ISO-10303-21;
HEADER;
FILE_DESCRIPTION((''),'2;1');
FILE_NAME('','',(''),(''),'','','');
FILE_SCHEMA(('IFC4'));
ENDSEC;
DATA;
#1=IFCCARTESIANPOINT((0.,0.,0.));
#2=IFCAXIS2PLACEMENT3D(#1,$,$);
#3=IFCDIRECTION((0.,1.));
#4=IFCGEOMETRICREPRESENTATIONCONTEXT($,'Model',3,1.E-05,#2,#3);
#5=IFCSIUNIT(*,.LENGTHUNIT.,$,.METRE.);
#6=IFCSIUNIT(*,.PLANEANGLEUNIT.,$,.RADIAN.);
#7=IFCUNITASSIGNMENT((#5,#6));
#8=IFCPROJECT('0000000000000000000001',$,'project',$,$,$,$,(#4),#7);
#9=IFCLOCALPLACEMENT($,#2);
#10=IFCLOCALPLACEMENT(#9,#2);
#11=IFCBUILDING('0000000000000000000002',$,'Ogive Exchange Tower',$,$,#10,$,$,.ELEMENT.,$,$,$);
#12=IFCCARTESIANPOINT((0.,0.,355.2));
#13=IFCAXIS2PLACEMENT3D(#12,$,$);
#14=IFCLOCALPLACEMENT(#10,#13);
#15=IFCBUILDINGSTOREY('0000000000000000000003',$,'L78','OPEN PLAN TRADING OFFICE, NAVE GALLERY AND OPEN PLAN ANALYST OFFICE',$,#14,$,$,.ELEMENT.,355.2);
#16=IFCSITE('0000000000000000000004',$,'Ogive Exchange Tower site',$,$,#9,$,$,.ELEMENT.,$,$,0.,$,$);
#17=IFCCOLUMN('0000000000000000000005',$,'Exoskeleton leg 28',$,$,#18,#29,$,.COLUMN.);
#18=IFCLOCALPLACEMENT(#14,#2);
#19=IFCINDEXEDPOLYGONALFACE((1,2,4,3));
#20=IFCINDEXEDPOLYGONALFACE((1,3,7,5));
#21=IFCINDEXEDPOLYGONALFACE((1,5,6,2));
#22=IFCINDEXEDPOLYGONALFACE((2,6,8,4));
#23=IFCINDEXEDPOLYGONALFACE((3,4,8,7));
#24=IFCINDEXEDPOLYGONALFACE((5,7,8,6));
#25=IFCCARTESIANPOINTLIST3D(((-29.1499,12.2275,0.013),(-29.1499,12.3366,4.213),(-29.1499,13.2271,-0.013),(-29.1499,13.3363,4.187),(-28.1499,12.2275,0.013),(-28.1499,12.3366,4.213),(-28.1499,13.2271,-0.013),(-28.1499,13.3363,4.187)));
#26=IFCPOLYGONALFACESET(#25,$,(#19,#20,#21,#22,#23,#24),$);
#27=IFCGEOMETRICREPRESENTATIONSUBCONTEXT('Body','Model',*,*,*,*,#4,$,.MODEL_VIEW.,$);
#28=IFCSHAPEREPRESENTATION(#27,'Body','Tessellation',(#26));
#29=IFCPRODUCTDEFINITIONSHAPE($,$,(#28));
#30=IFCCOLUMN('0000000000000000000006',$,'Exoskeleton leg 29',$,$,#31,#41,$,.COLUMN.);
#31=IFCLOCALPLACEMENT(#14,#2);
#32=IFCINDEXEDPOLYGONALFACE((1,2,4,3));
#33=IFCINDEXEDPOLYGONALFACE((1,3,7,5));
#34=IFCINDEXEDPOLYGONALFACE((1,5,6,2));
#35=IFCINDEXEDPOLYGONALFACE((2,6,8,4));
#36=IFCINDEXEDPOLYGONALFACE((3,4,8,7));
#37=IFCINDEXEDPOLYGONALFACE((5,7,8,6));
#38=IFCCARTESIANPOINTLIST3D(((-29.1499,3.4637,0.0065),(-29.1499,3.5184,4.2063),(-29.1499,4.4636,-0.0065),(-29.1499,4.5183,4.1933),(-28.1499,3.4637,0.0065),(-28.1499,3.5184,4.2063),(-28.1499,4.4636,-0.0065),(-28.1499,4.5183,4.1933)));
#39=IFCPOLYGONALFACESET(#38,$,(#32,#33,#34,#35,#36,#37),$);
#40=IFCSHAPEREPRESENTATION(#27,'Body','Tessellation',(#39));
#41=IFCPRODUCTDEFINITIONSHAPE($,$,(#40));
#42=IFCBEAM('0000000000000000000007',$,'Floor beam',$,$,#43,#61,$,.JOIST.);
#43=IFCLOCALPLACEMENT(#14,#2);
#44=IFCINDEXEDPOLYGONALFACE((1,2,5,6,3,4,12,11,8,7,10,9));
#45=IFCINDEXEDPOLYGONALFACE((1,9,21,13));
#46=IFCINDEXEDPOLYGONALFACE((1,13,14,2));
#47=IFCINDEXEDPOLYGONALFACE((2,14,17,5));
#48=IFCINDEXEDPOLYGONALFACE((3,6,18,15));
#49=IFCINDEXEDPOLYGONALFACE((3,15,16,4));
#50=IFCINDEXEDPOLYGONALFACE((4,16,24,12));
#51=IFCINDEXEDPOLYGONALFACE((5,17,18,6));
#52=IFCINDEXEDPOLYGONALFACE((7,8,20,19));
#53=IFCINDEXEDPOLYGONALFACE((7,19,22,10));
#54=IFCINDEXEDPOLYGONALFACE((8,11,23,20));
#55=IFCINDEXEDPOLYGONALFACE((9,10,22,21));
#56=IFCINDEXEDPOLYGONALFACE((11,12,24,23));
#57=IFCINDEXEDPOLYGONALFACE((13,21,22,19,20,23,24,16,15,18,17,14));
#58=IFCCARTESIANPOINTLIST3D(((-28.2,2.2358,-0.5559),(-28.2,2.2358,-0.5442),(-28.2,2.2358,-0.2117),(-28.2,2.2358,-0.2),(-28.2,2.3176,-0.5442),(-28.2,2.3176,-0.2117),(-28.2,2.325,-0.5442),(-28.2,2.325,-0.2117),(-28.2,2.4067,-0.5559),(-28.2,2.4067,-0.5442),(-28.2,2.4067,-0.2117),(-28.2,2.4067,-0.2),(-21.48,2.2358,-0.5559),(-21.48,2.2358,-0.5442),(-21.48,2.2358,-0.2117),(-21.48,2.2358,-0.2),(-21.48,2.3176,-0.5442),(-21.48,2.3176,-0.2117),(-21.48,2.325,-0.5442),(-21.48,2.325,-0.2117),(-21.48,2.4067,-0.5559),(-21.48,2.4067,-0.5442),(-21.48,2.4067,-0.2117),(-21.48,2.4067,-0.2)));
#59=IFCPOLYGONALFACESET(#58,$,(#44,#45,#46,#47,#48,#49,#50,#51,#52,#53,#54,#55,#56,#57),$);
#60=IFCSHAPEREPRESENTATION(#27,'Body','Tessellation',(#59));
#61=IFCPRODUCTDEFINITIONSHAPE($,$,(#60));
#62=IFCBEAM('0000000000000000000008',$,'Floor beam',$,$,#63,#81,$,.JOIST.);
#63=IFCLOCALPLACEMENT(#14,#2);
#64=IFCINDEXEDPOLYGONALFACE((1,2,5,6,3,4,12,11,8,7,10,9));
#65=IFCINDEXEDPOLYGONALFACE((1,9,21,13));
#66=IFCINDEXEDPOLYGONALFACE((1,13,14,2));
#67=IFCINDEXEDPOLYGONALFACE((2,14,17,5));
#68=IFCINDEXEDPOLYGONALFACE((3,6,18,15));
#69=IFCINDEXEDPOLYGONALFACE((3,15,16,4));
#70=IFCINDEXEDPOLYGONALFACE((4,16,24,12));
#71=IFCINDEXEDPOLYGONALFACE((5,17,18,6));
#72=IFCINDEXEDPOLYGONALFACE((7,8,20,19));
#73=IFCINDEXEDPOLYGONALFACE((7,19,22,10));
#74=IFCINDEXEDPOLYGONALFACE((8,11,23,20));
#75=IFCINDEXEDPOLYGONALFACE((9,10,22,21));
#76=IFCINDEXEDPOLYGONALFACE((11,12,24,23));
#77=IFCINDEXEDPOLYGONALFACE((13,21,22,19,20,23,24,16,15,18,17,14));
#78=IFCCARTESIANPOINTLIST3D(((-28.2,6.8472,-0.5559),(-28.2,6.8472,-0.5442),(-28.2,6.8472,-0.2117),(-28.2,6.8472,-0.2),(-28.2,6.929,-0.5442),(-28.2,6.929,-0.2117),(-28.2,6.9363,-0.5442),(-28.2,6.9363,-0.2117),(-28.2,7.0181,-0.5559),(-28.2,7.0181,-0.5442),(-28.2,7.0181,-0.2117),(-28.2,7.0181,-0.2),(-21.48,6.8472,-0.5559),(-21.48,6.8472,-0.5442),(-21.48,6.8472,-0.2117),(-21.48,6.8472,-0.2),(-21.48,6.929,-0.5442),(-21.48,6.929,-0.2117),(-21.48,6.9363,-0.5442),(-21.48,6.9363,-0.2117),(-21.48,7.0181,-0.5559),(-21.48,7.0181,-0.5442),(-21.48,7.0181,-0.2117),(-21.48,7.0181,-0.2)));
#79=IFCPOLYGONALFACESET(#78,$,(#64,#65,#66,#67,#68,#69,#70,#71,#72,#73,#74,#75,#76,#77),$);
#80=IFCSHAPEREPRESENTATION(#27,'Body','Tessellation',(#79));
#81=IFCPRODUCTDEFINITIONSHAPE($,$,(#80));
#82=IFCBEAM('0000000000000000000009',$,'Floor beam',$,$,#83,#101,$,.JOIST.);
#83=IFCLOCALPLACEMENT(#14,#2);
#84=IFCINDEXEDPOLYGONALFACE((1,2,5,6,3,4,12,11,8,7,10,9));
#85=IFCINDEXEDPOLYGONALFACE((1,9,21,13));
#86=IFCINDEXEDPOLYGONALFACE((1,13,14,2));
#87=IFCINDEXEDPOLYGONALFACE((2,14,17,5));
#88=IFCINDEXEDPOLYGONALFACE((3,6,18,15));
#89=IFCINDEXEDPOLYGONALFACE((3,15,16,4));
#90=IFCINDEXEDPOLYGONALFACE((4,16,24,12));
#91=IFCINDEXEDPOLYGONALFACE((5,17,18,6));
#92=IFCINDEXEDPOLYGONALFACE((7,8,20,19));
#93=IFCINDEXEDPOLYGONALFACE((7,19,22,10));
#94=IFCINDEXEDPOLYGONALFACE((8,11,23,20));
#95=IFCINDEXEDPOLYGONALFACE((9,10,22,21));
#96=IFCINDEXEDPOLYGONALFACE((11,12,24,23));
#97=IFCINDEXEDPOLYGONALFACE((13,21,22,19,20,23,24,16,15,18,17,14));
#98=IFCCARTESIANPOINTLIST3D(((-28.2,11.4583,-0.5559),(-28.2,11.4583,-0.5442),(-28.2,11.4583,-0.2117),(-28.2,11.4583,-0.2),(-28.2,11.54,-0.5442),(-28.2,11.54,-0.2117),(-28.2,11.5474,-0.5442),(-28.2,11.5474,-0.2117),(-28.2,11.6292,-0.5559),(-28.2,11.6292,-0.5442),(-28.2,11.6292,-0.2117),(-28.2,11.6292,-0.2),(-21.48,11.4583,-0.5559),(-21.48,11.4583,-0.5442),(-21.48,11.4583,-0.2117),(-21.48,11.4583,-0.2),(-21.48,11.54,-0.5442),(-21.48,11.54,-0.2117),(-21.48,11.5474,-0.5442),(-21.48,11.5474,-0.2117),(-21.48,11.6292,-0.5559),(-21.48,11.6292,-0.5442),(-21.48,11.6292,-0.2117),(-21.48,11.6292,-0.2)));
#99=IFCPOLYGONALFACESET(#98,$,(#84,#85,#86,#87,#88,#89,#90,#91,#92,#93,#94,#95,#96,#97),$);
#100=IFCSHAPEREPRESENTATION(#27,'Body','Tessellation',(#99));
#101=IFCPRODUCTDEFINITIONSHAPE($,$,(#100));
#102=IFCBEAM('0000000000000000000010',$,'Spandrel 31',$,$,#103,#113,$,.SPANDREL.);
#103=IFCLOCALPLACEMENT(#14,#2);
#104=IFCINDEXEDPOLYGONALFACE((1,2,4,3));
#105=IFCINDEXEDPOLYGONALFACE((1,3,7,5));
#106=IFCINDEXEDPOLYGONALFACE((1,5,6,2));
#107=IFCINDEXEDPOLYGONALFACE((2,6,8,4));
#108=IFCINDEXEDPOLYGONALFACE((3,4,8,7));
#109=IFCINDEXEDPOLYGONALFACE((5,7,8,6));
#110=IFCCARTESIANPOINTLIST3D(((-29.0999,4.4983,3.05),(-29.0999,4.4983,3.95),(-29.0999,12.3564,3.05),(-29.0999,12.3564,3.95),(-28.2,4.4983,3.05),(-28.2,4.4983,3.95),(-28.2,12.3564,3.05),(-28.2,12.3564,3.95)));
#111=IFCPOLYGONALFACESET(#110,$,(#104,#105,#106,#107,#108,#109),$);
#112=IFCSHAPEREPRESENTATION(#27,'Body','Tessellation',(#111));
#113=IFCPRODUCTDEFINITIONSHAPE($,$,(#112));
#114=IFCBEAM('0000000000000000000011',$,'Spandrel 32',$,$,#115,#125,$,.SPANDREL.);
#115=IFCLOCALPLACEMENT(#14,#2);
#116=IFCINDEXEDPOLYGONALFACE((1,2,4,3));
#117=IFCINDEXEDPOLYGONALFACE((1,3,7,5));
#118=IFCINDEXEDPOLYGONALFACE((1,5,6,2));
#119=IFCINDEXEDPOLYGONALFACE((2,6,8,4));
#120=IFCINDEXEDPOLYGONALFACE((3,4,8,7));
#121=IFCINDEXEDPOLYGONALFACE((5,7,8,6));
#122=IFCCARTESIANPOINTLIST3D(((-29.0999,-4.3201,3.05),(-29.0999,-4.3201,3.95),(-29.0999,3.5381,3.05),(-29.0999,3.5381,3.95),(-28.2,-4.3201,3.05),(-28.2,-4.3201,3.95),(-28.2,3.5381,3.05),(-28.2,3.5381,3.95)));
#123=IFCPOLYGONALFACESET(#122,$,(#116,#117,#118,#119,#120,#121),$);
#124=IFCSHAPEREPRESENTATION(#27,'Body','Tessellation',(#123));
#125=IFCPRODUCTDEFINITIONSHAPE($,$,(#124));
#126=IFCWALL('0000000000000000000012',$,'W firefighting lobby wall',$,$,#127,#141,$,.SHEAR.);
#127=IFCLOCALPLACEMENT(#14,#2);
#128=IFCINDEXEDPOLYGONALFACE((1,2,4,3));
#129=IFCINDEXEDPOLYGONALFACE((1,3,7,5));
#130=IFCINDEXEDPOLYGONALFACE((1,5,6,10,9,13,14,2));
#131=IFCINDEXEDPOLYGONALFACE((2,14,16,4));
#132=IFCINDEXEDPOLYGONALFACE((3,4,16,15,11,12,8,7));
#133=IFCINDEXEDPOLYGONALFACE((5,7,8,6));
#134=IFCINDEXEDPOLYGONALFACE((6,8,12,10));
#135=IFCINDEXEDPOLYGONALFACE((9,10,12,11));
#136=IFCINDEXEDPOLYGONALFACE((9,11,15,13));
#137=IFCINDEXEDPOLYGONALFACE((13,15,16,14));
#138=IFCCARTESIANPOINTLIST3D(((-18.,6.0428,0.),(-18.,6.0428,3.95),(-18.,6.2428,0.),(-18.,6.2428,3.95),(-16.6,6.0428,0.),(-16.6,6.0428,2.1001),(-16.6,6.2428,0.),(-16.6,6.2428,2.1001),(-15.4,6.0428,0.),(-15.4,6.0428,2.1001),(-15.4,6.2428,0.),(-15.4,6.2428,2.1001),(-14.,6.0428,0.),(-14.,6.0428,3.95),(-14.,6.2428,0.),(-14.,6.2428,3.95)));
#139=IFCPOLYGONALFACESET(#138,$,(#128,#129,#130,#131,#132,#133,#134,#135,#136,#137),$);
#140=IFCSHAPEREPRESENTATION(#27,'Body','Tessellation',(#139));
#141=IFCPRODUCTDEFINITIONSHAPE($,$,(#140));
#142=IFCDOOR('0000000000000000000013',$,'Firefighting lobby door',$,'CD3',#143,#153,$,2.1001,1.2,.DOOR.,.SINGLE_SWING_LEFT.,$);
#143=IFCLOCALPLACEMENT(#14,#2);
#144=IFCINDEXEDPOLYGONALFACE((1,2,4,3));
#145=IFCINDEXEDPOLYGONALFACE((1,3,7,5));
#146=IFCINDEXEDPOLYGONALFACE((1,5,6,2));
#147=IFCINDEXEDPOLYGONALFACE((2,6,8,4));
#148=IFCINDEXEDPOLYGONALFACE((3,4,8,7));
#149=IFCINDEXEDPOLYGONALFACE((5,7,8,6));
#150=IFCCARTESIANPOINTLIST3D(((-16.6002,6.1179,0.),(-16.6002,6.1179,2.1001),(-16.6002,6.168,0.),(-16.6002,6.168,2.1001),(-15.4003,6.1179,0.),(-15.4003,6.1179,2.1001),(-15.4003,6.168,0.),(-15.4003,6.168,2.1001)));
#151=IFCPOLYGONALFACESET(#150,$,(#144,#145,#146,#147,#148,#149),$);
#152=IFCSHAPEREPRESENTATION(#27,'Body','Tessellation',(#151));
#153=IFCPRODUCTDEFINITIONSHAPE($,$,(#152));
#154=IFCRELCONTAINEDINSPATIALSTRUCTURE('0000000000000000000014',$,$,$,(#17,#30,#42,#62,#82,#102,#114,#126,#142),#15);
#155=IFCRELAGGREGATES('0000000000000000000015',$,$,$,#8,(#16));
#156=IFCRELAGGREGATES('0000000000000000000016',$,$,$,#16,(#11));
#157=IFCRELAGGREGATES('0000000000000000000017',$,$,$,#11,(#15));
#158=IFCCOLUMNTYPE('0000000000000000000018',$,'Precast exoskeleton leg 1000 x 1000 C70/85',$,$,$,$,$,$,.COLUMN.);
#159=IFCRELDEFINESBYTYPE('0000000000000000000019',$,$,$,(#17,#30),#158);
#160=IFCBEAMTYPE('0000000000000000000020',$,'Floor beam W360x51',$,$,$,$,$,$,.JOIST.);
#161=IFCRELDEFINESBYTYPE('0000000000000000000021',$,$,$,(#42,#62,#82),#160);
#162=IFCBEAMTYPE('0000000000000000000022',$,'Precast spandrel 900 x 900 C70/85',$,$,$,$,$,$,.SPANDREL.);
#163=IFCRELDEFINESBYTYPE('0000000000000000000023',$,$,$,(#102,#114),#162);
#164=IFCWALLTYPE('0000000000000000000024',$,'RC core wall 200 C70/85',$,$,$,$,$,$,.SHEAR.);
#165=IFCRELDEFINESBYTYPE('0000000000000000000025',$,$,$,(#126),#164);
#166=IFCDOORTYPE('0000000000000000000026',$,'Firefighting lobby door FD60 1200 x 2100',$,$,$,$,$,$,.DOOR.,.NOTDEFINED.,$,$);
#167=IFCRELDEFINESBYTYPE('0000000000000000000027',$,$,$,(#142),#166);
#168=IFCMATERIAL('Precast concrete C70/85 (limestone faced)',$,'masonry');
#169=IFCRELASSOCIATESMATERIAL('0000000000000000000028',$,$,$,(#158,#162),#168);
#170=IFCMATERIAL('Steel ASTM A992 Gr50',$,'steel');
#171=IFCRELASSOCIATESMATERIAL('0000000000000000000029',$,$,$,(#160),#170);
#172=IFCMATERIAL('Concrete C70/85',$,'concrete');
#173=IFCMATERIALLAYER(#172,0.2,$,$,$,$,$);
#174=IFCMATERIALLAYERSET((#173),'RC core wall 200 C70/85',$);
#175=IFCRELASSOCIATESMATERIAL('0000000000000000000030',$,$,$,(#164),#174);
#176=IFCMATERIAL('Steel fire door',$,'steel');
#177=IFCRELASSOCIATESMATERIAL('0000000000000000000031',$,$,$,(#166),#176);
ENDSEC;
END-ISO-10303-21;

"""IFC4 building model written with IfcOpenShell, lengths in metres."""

from ifc_helpers import new_model, si_unit, direction, frame, frame_2d, origin, origin_2d, place, context, subcontext, project, spatial, rectangle, i_section, extrude, material, layer, layer_set, material_profile, profile_set, type_object, element, fill, save


model = new_model("IFC4")

# Units and contexts
model_context = context("Model", 3, precision=1e-05, world=origin(), true_north=direction((0.0, 1.0)))
body_context = subcontext(model_context, "Body", "Model", "MODEL_VIEW")
ifc_project = project(units=[si_unit("LENGTHUNIT", "METRE"), si_unit("PLANEANGLEUNIT", "RADIAN")], contexts=[model_context])

# Site, building, storey
site_placement = place(None, origin())
site = spatial("IfcSite", under=ifc_project, at=site_placement, Name="Ogive Exchange Tower site", CompositionType="ELEMENT", RefElevation=0.0)
building_placement = place(site_placement, origin())
building = spatial("IfcBuilding", under=site, at=building_placement, Name="Ogive Exchange Tower", CompositionType="ELEMENT")
storey_placement = place(building_placement, frame((0.0, 0.0, 355.2)))
storey = spatial("IfcBuildingStorey", under=building, at=storey_placement, Name="L78", Description="OPEN PLAN TRADING OFFICE, NAVE GALLERY AND OPEN PLAN ANALYST OFFICE", CompositionType="ELEMENT", Elevation=355.2)

# Columns
ifc_material_1 = material(Name="Precast concrete C70/85 (limestone faced)", Category="masonry")
ifc_material_profile_1 = material_profile(ifc_material_1, rectangle(XDim=1.0, YDim=1.0, at=origin_2d()), Name="1000 x 1000")
ifc_profile_set_1 = profile_set([ifc_material_profile_1], Name="Precast concrete C70/85 (limestone faced)")
column_type = type_object("IfcColumnType", Name="Precast exoskeleton leg 1000 x 1000 C70/85", PredefinedType="COLUMN", material=ifc_profile_set_1)
column_1_placement = place(storey_placement, frame((-28.6499, 12.7273, 0.0), z_axis=(0.0, 0.025975, 0.999663), x_axis=(-1.0, 0.0, 0.0)))
element("IfcColumn", 1, at=column_1_placement, inside=storey, type_object=column_type, Name="Exoskeleton leg 28", PredefinedType="COLUMN", context=body_context, shape_type="SweptSolid", body=[
    extrude(rectangle(XDim=1.0, YDim=1.0, at=origin_2d()), origin(), (0.0, 0.0, 1.0), 4.2014),
])
column_2_placement = place(storey_placement, frame((-28.6499, 3.9636, 0.0), z_axis=(0.0, 0.01302, 0.999915), x_axis=(-1.0, 0.0, 0.0)))
element("IfcColumn", 2, at=column_2_placement, inside=storey, type_object=column_type, Name="Exoskeleton leg 29", PredefinedType="COLUMN", context=body_context, shape_type="SweptSolid", body=[
    extrude(rectangle(XDim=1.0, YDim=1.0, at=origin_2d()), origin(), (0.0, 0.0, 1.0), 4.2002),
])

# Beams
ifc_material_2 = material(Name="Steel ASTM A992 Gr50", Category="steel")
ifc_material_profile_2 = material_profile(ifc_material_2, i_section(OverallWidth=0.1709, OverallDepth=0.356, WebThickness=0.0073, FlangeThickness=0.0117, at=origin_2d()), Name="W360x51")
ifc_profile_set_2 = profile_set([ifc_material_profile_2], Name="Steel ASTM A992 Gr50")
beam_type_1 = type_object("IfcBeamType", Name="Floor beam W360x51", PredefinedType="JOIST", material=ifc_profile_set_2)
for number, where, z_axis, x_axis, name in (
    (3, (-28.2, 2.3213, -0.3779), (1.0, 0.0, 0.0), (0.0, 1.0, 0.0), "Floor beam"),
    (4, (-28.2, 6.9326, -0.3779), (1.0, 0.0, 0.0), (0.0, 1.0, 0.0), "Floor beam"),
    (5, (-28.2, 11.5437, -0.3779), (1.0, 0.0, 0.0), (0.0, 1.0, 0.0), "Floor beam"),
):
    element("IfcBeam", number, at=place(storey_placement, frame(where, z_axis=z_axis, x_axis=x_axis)), inside=storey, type_object=beam_type_1, Name=name, PredefinedType="JOIST", context=body_context, shape_type="SweptSolid", body=[
        extrude(i_section(OverallWidth=0.1709, OverallDepth=0.356, WebThickness=0.0073, FlangeThickness=0.0117, at=origin_2d()), origin(), (0.0, 0.0, 1.0), 6.72),
    ])
ifc_material_profile_3 = material_profile(ifc_material_1, rectangle(XDim=0.8999, YDim=0.8999, at=origin_2d()), Name="900 x 900")
ifc_profile_set_3 = profile_set([ifc_material_profile_3], Name="Precast concrete C70/85 (limestone faced)")
beam_type_2 = type_object("IfcBeamType", Name="Precast spandrel 900 x 900 C70/85", PredefinedType="SPANDREL", material=ifc_profile_set_3)
for number, where, z_axis, x_axis, name in (
    (6, (-28.6499, 12.3564, 3.5), (0.0, -1.0, 0.0), (1.0, 0.0, 0.0), "Spandrel 31"),
    (7, (-28.6499, 3.5381, 3.5), (0.0, -1.0, 0.0), (1.0, 0.0, 0.0), "Spandrel 32"),
):
    element("IfcBeam", number, at=place(storey_placement, frame(where, z_axis=z_axis, x_axis=x_axis)), inside=storey, type_object=beam_type_2, Name=name, PredefinedType="SPANDREL", context=body_context, shape_type="SweptSolid", body=[
        extrude(rectangle(XDim=0.8999, YDim=0.8999, at=origin_2d()), origin(), (0.0, 0.0, 1.0), 7.8582),
    ])

# Wall, opening, door
ifc_material_3 = material(Name="Concrete C70/85", Category="concrete")
ifc_layer_1 = layer(ifc_material_3, 0.2)
ifc_layer_set_1 = layer_set([ifc_layer_1], Name="RC core wall 200 C70/85")
wall_type_1 = type_object("IfcWallType", Name="RC core wall 200 C70/85", PredefinedType="SHEAR", material=ifc_layer_set_1)
wall_1_placement = place(storey_placement, frame((-18.0, 6.1428, 0.0), z_axis=(0.0, 0.0, 1.0), x_axis=(1.0, 0.0, 0.0)))
wall_1 = element("IfcWall", 8, at=wall_1_placement, inside=storey, type_object=wall_type_1, Name="W firefighting lobby wall", PredefinedType="SHEAR", context=body_context, shape_type="SweptSolid", body=[
    extrude(rectangle(XDim=4.0, YDim=0.2, at=frame_2d((2.0, 0.0))), origin(), (0.0, 0.0, 1.0), 3.95),
])
opening_1_placement = place(wall_1_placement, frame((1.3999, 0.0, 0.0)))
opening_1 = element("IfcOpeningElement", 9, at=opening_1_placement, cuts=wall_1, PredefinedType="OPENING", context=body_context, shape_type="SweptSolid", body=[
    extrude(rectangle(XDim=1.2, YDim=2.1001, at=frame_2d((0.6001, 1.05))), frame((0.0, 0.1099, 0.0), z_axis=(0.0, -1.0, 0.0), x_axis=(1.0, 0.0, 0.0)), (0.0, 0.0, 1.0), 0.22),
])
ifc_material_4 = material(Name="Steel fire door", Category="steel")
door_type_1 = type_object("IfcDoorType", Name="Firefighting lobby door FD60 1200 x 2100", OperationType="NOTDEFINED", PredefinedType="DOOR", material=ifc_material_4)
door_1_placement = place(opening_1_placement, frame((1.2, 0.0, 0.0), z_axis=(0.0, 0.0, 1.0), x_axis=(-1.0, 0.0, 0.0)))
door_1 = element("IfcDoor", 10, at=door_1_placement, inside=storey, type_object=door_type_1, Name="Firefighting lobby door", ObjectType="CD3", OperationType="SINGLE_SWING_LEFT", OverallHeight=2.1001, OverallWidth=1.2, PredefinedType="DOOR", context=body_context, shape_type="SweptSolid", body=[
    extrude(rectangle(XDim=1.2, YDim=2.1001, at=frame_2d((0.6001, 1.05))), frame((0.0, 0.0249, 0.0), z_axis=(0.0, -1.0, 0.0), x_axis=(1.0, 0.0, 0.0)), (0.0, 0.0, 1.0), 0.05),
])
fill(opening_1, door_1)

save(model, "model.ifc")
